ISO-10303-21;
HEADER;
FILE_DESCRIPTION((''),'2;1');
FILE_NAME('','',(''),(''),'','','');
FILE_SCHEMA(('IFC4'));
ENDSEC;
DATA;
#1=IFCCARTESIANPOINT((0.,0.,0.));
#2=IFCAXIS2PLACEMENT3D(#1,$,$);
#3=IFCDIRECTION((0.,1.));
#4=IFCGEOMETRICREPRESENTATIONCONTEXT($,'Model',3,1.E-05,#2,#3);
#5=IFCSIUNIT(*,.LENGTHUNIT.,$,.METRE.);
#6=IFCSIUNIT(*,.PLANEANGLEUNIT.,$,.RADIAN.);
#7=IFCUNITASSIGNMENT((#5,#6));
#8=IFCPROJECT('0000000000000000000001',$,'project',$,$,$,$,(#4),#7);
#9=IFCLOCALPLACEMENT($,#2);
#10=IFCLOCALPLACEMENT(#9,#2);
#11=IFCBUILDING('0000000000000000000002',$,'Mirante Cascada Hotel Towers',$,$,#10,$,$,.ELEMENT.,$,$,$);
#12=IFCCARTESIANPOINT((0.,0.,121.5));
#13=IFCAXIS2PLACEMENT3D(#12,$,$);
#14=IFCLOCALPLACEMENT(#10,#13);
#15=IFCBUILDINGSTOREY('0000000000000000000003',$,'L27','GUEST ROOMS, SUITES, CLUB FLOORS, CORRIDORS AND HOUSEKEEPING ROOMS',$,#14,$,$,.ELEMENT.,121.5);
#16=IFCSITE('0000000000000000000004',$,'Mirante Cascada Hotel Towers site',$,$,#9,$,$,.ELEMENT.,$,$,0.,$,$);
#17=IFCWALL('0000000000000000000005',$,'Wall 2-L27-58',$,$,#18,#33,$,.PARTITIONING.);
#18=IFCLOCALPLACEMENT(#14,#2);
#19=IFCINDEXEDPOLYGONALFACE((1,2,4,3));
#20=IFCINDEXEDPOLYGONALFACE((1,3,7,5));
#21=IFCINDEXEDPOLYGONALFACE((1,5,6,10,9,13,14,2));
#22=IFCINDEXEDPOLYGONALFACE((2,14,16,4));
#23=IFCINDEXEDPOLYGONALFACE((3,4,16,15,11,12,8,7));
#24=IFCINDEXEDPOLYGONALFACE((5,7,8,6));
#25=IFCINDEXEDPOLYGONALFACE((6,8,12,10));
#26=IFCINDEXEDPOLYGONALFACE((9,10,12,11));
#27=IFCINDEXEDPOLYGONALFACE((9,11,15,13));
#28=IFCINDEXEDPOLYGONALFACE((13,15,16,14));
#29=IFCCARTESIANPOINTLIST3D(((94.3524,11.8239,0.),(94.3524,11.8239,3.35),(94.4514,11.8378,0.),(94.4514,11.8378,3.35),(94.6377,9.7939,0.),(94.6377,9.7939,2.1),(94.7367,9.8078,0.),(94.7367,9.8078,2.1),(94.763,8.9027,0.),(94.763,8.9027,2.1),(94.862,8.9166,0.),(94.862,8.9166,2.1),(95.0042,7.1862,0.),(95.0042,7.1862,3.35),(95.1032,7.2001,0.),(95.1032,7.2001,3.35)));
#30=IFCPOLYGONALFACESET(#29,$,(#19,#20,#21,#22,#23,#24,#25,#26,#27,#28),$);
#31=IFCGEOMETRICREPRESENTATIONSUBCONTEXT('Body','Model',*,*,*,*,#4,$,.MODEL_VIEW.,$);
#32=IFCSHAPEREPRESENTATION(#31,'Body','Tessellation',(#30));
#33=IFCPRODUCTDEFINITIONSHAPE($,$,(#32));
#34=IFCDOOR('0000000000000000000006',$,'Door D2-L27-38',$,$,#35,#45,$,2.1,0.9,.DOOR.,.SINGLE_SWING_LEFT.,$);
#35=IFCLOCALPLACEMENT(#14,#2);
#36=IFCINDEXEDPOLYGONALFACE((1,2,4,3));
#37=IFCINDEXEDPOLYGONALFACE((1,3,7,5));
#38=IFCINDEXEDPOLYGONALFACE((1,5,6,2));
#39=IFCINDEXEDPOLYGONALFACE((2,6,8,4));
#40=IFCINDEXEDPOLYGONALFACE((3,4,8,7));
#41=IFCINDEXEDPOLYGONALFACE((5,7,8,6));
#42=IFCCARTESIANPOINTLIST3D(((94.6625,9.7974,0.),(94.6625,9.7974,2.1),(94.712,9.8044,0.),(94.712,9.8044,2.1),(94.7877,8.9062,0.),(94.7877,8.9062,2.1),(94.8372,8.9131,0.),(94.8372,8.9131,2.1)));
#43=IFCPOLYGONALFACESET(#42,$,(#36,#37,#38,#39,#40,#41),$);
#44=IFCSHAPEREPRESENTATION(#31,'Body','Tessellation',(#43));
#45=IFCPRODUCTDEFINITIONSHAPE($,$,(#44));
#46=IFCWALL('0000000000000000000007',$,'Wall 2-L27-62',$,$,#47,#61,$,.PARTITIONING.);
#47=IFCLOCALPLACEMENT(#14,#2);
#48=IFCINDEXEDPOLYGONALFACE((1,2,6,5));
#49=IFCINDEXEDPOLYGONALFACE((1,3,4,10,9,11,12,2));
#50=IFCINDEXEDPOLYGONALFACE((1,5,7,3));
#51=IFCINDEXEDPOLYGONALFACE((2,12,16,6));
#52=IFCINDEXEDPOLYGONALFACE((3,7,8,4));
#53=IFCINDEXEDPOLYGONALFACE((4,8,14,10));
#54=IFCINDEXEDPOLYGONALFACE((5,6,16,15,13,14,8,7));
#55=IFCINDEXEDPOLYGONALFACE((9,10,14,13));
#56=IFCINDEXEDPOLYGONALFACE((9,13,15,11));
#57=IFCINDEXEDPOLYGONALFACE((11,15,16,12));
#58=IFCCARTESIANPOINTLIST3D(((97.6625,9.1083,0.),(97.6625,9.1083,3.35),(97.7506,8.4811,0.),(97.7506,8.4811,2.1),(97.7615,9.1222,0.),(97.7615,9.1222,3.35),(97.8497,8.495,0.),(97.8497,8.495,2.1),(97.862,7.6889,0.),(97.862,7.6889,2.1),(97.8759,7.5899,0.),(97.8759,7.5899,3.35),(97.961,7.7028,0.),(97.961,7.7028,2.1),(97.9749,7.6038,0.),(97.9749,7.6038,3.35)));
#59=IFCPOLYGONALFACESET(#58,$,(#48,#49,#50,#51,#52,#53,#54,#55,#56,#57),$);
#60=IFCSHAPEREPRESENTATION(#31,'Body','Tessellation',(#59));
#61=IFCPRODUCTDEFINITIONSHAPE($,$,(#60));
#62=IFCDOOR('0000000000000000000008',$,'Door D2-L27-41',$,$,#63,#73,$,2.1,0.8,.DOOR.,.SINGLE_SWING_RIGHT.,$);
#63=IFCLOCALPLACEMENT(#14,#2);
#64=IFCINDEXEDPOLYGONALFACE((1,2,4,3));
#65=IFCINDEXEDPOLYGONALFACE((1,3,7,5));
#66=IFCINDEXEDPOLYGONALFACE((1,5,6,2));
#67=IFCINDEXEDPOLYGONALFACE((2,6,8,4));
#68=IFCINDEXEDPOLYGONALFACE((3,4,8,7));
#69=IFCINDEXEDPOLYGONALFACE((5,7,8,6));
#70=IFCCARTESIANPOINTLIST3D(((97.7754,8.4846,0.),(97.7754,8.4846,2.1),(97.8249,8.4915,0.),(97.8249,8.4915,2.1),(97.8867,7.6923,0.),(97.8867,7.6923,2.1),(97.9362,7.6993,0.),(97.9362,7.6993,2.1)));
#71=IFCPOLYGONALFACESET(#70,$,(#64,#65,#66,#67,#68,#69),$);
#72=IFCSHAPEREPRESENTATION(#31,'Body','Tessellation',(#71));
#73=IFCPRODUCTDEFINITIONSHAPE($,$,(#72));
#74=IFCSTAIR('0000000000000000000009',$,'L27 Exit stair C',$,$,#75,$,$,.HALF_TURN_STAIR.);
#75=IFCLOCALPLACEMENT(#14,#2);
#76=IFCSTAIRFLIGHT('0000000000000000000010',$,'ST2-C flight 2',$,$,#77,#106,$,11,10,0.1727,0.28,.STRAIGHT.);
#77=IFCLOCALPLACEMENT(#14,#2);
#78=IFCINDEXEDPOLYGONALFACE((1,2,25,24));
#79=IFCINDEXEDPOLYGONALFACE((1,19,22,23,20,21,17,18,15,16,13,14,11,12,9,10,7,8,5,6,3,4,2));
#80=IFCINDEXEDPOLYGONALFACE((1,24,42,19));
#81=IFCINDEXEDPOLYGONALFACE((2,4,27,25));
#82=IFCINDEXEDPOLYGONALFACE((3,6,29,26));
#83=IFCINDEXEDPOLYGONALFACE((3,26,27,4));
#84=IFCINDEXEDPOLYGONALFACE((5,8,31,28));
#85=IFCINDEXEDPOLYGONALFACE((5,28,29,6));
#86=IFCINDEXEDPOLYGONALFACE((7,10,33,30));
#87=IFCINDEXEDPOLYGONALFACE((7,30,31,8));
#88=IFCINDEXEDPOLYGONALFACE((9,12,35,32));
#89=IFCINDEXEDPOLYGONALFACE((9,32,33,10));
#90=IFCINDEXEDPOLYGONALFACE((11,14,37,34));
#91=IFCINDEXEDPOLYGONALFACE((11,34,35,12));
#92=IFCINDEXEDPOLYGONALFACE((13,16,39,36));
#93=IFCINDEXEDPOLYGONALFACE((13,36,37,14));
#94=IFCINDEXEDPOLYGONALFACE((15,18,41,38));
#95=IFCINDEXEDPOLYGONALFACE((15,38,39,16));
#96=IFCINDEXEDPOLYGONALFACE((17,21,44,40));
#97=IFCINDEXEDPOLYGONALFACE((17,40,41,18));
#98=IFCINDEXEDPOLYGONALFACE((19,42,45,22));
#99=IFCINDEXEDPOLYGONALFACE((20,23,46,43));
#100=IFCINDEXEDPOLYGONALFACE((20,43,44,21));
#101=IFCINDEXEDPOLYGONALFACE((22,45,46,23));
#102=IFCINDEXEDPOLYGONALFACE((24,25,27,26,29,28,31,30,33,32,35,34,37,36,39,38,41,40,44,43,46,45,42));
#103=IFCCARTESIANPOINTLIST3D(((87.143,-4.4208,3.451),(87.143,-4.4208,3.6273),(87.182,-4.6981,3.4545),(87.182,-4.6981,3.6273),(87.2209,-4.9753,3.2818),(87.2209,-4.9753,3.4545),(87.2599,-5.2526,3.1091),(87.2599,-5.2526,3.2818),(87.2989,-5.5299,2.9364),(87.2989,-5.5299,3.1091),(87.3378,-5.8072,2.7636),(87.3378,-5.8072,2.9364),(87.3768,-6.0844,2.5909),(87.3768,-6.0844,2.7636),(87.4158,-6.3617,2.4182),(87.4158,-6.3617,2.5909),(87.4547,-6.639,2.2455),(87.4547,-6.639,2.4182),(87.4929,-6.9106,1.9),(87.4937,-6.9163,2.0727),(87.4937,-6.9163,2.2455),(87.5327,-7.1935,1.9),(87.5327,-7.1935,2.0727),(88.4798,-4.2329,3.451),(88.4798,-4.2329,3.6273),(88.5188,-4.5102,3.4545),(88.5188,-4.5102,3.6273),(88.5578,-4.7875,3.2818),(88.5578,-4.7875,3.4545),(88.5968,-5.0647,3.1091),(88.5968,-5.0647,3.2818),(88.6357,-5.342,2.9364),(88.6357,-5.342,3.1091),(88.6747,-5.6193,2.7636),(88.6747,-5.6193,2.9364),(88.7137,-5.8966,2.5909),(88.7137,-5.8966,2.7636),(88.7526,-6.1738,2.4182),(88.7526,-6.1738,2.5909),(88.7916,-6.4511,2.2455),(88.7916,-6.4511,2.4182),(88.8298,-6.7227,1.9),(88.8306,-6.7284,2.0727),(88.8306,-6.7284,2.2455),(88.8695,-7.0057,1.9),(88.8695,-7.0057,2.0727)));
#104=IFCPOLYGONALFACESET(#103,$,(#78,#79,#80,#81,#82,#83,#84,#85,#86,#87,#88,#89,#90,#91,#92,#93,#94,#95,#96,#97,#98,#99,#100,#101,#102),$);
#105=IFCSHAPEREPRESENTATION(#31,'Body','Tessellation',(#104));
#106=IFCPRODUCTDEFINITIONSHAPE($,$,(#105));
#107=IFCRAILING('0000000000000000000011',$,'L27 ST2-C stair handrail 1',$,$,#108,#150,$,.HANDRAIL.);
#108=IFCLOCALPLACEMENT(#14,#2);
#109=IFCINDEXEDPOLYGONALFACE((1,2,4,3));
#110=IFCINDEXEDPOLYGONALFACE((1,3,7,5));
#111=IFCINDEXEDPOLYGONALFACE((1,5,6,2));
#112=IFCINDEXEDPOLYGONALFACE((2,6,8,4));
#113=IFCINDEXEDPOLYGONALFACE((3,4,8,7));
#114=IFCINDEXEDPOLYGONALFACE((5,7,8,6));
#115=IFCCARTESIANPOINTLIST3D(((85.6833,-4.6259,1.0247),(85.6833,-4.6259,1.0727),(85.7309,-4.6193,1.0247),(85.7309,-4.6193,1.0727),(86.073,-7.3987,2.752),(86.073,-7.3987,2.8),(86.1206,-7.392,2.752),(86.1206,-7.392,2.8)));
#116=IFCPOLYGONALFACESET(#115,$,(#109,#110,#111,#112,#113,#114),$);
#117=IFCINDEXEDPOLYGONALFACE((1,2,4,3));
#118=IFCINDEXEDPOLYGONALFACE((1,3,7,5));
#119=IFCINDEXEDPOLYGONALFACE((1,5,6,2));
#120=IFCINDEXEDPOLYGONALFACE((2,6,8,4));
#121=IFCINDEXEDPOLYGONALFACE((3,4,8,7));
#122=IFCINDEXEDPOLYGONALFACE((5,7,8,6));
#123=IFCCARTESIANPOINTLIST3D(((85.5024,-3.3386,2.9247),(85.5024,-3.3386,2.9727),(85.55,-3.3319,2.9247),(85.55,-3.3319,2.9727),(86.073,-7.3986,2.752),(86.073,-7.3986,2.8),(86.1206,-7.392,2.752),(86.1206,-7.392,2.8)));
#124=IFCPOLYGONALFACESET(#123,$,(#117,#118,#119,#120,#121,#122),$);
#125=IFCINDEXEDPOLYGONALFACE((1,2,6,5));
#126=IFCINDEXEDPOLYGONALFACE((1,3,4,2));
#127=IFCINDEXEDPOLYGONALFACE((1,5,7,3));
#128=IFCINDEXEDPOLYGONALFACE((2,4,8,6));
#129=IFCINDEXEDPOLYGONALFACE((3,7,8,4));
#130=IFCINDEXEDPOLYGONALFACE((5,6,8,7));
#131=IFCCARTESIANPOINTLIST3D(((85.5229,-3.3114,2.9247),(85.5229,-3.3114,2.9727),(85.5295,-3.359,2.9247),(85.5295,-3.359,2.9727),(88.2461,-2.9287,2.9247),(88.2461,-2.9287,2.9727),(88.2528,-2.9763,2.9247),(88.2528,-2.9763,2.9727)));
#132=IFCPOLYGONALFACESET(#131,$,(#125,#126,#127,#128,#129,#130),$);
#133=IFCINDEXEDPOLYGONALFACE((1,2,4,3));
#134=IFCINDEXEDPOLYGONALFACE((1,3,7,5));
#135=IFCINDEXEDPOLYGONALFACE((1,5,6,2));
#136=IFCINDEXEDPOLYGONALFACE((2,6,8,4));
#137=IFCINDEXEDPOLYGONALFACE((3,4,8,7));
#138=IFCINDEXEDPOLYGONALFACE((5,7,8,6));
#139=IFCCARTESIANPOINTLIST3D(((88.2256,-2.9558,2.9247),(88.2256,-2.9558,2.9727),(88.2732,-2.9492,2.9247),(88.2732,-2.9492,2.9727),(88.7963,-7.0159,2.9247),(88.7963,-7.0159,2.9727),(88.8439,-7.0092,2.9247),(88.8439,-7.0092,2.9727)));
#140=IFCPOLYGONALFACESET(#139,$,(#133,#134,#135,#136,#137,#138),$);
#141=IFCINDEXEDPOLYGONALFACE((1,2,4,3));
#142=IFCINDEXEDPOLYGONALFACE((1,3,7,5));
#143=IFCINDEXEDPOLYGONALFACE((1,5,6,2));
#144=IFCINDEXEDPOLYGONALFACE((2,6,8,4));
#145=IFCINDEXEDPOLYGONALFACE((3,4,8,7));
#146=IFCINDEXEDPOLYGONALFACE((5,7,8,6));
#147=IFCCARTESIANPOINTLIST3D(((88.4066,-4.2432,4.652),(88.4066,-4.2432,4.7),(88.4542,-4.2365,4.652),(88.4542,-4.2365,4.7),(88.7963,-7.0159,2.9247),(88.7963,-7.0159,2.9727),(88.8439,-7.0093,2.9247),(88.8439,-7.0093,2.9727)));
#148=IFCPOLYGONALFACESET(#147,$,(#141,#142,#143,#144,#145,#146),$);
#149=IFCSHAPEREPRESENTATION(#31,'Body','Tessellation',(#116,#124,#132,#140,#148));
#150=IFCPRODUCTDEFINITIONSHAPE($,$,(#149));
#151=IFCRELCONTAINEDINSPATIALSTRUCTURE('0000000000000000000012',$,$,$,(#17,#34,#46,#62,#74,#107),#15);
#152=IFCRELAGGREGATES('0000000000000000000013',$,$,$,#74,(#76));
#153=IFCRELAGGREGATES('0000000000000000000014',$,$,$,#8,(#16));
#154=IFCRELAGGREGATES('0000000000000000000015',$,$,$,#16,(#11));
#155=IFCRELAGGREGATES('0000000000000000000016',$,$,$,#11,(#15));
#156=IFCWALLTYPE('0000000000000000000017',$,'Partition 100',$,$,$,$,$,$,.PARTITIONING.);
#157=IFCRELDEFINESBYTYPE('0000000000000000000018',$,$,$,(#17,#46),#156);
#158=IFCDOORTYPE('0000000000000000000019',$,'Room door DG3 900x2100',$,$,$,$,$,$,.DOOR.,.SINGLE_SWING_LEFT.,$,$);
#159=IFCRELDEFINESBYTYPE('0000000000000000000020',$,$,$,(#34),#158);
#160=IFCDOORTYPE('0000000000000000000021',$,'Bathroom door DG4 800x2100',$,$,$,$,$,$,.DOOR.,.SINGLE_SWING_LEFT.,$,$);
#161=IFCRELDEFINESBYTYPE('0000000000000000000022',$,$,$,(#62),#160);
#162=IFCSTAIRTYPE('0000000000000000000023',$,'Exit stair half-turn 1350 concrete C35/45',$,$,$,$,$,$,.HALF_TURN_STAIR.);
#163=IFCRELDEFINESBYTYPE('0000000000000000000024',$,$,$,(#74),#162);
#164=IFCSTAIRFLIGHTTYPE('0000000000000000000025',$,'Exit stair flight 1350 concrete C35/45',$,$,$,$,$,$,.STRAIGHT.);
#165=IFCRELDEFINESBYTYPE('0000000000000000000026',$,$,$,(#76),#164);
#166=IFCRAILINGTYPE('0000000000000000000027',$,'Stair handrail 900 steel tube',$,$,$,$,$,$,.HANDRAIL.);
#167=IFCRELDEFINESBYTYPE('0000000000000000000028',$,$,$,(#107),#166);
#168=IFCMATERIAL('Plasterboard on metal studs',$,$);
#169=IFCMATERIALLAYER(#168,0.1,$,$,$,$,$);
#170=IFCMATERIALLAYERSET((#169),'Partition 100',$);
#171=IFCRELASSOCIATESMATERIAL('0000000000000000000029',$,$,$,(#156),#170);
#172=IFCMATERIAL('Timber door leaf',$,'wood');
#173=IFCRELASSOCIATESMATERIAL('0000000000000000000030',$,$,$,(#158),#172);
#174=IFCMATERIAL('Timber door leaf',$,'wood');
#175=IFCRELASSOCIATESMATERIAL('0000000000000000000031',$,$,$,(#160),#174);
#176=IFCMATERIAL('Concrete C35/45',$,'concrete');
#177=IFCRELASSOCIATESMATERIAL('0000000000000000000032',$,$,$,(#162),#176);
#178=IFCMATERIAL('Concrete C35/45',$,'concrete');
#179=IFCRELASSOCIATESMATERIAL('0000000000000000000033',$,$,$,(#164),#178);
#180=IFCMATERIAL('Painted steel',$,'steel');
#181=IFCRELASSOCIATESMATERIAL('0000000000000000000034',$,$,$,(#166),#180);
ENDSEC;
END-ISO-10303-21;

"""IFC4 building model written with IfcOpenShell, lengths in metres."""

from ifc_helpers import new_model, si_unit, direction, frame, frame_2d, origin, origin_2d, place, context, subcontext, project, spatial, polyline, rectangle, outline, extrude, material, layer, layer_set, type_object, element, fill, aggregate, save


model = new_model("IFC4")

# Units and contexts
model_context = context("Model", 3, precision=1e-05, world=origin(), true_north=direction((0.0, 1.0)))
body_context = subcontext(model_context, "Body", "Model", "MODEL_VIEW")
ifc_project = project(units=[si_unit("LENGTHUNIT", "METRE"), si_unit("PLANEANGLEUNIT", "RADIAN")], contexts=[model_context])

# Site, building, storey
site_placement = place(None, origin())
site = spatial("IfcSite", under=ifc_project, at=site_placement, Name="Mirante Cascada Hotel Towers site", CompositionType="ELEMENT", RefElevation=0.0)
building_placement = place(site_placement, origin())
building = spatial("IfcBuilding", under=site, at=building_placement, Name="Mirante Cascada Hotel Towers", CompositionType="ELEMENT")
storey_placement = place(building_placement, frame((0.0, 0.0, 121.5)))
storey = spatial("IfcBuildingStorey", under=building, at=storey_placement, Name="L27", Description="GUEST ROOMS, SUITES, CLUB FLOORS, CORRIDORS AND HOUSEKEEPING ROOMS", CompositionType="ELEMENT", Elevation=121.5)

# Shared definitions
ifc_material_1 = material(Name="Plasterboard on metal studs")
ifc_layer_1 = layer(ifc_material_1, 0.1)
ifc_layer_set_1 = layer_set([ifc_layer_1], Name="Partition 100")
wall_type = type_object("IfcWallType", Name="Partition 100", PredefinedType="PARTITIONING", material=ifc_layer_set_1)

# Walls, openings, doors
wall_1_placement = place(storey_placement, frame((95.0537, 7.1932, 0.0), z_axis=(0.0, 0.0, 1.0), x_axis=(-0.139176, 0.990268, 0.0)))
wall_1 = element("IfcWall", 1, at=wall_1_placement, inside=storey, type_object=wall_type, Name="Wall 2-L27-58", PredefinedType="PARTITIONING", context=body_context, shape_type="SweptSolid", body=[
    extrude(rectangle(XDim=4.6833, YDim=0.1, at=frame_2d((2.3416, 0.0))), origin(), (0.0, 0.0, 1.0), 3.35),
])
opening_1_placement = place(wall_1_placement, frame((1.7333, 0.0, 0.0)))
opening_1 = element("IfcOpeningElement", 2, at=opening_1_placement, cuts=wall_1, PredefinedType="OPENING", context=body_context, shape_type="SweptSolid", body=[
    extrude(rectangle(XDim=0.9, YDim=2.1, at=frame_2d((0.45, 1.05))), frame((0.0, 0.05, 0.0), z_axis=(0.0, -1.0, 0.0), x_axis=(1.0, 0.0, 0.0)), (0.0, 0.0, 1.0), 0.1),
])
ifc_material_2 = material(Name="Timber door leaf", Category="wood")
door_type_1 = type_object("IfcDoorType", Name="Room door DG3 900x2100", OperationType="SINGLE_SWING_LEFT", PredefinedType="DOOR", material=ifc_material_2)
door_1_placement = place(opening_1_placement, origin())
door_1 = element("IfcDoor", 3, at=door_1_placement, inside=storey, type_object=door_type_1, Name="Door D2-L27-38", OperationType="SINGLE_SWING_LEFT", OverallHeight=2.1, OverallWidth=0.9, PredefinedType="DOOR", context=body_context, shape_type="SweptSolid", body=[
    extrude(rectangle(XDim=0.9, YDim=2.1, at=frame_2d((0.45, 1.05))), frame((0.0, 0.025, 0.0), z_axis=(0.0, -1.0, 0.0), x_axis=(1.0, 0.0, 0.0)), (0.0, 0.0, 1.0), 0.05),
])
fill(opening_1, door_1)
wall_2_placement = place(storey_placement, frame((97.9254, 7.5968, 0.0), z_axis=(0.0, 0.0, 1.0), x_axis=(-0.139175, 0.990268, 0.0)))
wall_2 = element("IfcWall", 4, at=wall_2_placement, inside=storey, type_object=wall_type, Name="Wall 2-L27-62", PredefinedType="PARTITIONING", context=body_context, shape_type="SweptSolid", body=[
    extrude(rectangle(XDim=1.5333, YDim=0.1, at=frame_2d((0.7667, 0.0))), origin(), (0.0, 0.0, 1.0), 3.35),
])
opening_2_placement = place(wall_2_placement, frame((0.1, 0.0, 0.0)))
opening_2 = element("IfcOpeningElement", 5, at=opening_2_placement, cuts=wall_2, PredefinedType="OPENING", context=body_context, shape_type="SweptSolid", body=[
    extrude(rectangle(XDim=0.8, YDim=2.1, at=frame_2d((0.4, 1.05))), frame((0.0, 0.05, 0.0), z_axis=(0.0, -1.0, 0.0), x_axis=(1.0, 0.0, 0.0)), (0.0, 0.0, 1.0), 0.1),
])
ifc_material_3 = material(Name="Timber door leaf", Category="wood")
door_type_2 = type_object("IfcDoorType", Name="Bathroom door DG4 800x2100", OperationType="SINGLE_SWING_LEFT", PredefinedType="DOOR", material=ifc_material_3)
door_2_placement = place(opening_2_placement, frame((0.8, 0.0, 0.0), z_axis=(0.0, 0.0, 1.0), x_axis=(-1.0, 0.0, 0.0)))
door_2 = element("IfcDoor", 6, at=door_2_placement, inside=storey, type_object=door_type_2, Name="Door D2-L27-41", OperationType="SINGLE_SWING_RIGHT", OverallHeight=2.1, OverallWidth=0.8, PredefinedType="DOOR", context=body_context, shape_type="SweptSolid", body=[
    extrude(rectangle(XDim=0.8, YDim=2.1, at=frame_2d((0.4, 1.05))), frame((0.0, 0.025, 0.0), z_axis=(0.0, -1.0, 0.0), x_axis=(1.0, 0.0, 0.0)), (0.0, 0.0, 1.0), 0.05),
])
fill(opening_2, door_2)

# Stair, stair flight
ifc_material_4 = material(Name="Concrete C35/45", Category="concrete")
stair_type = type_object("IfcStairType", Name="Exit stair half-turn 1350 concrete C35/45", PredefinedType="HALF_TURN_STAIR", material=ifc_material_4)
stair_placement = place(storey_placement, origin())
stair = element("IfcStair", 7, at=stair_placement, inside=storey, type_object=stair_type, Name="L27 Exit stair C", PredefinedType="HALF_TURN_STAIR")
ifc_material_5 = material(Name="Concrete C35/45", Category="concrete")
stair_flight_type = type_object("IfcStairFlightType", Name="Exit stair flight 1350 concrete C35/45", PredefinedType="STRAIGHT", material=ifc_material_5)
stair_flight_placement = place(storey_placement, frame((88.2011, -7.0996, 1.9), z_axis=(0.0, 0.0, 1.0), x_axis=(-0.139173, 0.990268, 0.0)))
stair_flight = element("IfcStairFlight", 8, at=stair_flight_placement, type_object=stair_flight_type, Name="ST2-C flight 2", NumberOfRisers=11, NumberOfTreads=10, PredefinedType="STRAIGHT", RiserHeight=0.1727, TreadLength=0.28, context=body_context, shape_type="SweptSolid", body=[
    extrude(outline(polyline([(0.0, 0.0), (0.0, 0.1727), (0.28, 0.1727), (0.28, 0.3455), (0.56, 0.3455), (0.56, 0.5182), (0.84, 0.5182), (0.84, 0.6909), (1.12, 0.6909), (1.12, 0.8636), (1.4, 0.8636), (1.4, 1.0364), (1.68, 1.0364), (1.68, 1.2091), (1.96, 1.2091), (1.96, 1.3818), (2.24, 1.3818), (2.24, 1.5545), (2.52, 1.5545), (2.52, 1.7273), (2.8, 1.7273), (2.8, 1.9), (2.8, 1.551), (0.2857, 0.0), (0.0, 0.0)])), frame((0.0, 0.675, 0.0), z_axis=(0.0, -1.0, 0.0), x_axis=(1.0, 0.0, 0.0)), (0.0, 0.0, 1.0), 1.35),
])
aggregate(stair, [stair_flight])

# Railing
ifc_material_6 = material(Name="Painted steel", Category="steel")
railing_type = type_object("IfcRailingType", Name="Stair handrail 900 steel tube", PredefinedType="HANDRAIL", material=ifc_material_6)
railing_placement = place(storey_placement, frame((85.7071, -4.6226, 0.1727)))
element("IfcRailing", 9, at=railing_placement, inside=storey, type_object=railing_type, Name="L27 ST2-C stair handrail 1", PredefinedType="HANDRAIL", context=body_context, shape_type="SweptSolid", body=[
    extrude(rectangle(XDim=0.048, YDim=0.048, at=origin_2d()), frame((0.0, 0.0, 0.876), z_axis=(0.139181, -0.990267, 0.0), x_axis=(0.990267, 0.139181, 0.0)), (0.0, 0.525035, 0.851081), 3.2899),
    extrude(rectangle(XDim=0.048, YDim=0.048, at=origin_2d()), frame((0.3897, -2.7727, 2.6033), z_axis=(-0.139171, 0.990268, 0.0), x_axis=(-0.990268, -0.139171, 0.0)), (0.0, 0.042085, 0.999114), 4.1036),
    extrude(rectangle(XDim=0.048, YDim=0.048, at=origin_2d()), frame((-0.1809, 1.2874, 2.776), z_axis=(0.990269, 0.139166, 0.0), x_axis=(-0.139166, 0.990269, 0.0)), (0.0, 0.0, 1.0), 2.75),
    extrude(rectangle(XDim=0.048, YDim=0.048, at=origin_2d()), frame((2.5423, 1.6701, 2.776), z_axis=(0.139195, -0.990265, 0.0), x_axis=(0.990265, 0.139195, 0.0)), (0.0, 0.0, 1.0), 4.1),
    extrude(rectangle(XDim=0.048, YDim=0.048, at=origin_2d()), frame((3.113, -2.39, 2.776), z_axis=(-0.139181, 0.990267, 0.0), x_axis=(-0.990267, -0.139181, 0.0)), (0.0, 0.525035, 0.851081), 3.2899),
])

save(model, "model.ifc")
